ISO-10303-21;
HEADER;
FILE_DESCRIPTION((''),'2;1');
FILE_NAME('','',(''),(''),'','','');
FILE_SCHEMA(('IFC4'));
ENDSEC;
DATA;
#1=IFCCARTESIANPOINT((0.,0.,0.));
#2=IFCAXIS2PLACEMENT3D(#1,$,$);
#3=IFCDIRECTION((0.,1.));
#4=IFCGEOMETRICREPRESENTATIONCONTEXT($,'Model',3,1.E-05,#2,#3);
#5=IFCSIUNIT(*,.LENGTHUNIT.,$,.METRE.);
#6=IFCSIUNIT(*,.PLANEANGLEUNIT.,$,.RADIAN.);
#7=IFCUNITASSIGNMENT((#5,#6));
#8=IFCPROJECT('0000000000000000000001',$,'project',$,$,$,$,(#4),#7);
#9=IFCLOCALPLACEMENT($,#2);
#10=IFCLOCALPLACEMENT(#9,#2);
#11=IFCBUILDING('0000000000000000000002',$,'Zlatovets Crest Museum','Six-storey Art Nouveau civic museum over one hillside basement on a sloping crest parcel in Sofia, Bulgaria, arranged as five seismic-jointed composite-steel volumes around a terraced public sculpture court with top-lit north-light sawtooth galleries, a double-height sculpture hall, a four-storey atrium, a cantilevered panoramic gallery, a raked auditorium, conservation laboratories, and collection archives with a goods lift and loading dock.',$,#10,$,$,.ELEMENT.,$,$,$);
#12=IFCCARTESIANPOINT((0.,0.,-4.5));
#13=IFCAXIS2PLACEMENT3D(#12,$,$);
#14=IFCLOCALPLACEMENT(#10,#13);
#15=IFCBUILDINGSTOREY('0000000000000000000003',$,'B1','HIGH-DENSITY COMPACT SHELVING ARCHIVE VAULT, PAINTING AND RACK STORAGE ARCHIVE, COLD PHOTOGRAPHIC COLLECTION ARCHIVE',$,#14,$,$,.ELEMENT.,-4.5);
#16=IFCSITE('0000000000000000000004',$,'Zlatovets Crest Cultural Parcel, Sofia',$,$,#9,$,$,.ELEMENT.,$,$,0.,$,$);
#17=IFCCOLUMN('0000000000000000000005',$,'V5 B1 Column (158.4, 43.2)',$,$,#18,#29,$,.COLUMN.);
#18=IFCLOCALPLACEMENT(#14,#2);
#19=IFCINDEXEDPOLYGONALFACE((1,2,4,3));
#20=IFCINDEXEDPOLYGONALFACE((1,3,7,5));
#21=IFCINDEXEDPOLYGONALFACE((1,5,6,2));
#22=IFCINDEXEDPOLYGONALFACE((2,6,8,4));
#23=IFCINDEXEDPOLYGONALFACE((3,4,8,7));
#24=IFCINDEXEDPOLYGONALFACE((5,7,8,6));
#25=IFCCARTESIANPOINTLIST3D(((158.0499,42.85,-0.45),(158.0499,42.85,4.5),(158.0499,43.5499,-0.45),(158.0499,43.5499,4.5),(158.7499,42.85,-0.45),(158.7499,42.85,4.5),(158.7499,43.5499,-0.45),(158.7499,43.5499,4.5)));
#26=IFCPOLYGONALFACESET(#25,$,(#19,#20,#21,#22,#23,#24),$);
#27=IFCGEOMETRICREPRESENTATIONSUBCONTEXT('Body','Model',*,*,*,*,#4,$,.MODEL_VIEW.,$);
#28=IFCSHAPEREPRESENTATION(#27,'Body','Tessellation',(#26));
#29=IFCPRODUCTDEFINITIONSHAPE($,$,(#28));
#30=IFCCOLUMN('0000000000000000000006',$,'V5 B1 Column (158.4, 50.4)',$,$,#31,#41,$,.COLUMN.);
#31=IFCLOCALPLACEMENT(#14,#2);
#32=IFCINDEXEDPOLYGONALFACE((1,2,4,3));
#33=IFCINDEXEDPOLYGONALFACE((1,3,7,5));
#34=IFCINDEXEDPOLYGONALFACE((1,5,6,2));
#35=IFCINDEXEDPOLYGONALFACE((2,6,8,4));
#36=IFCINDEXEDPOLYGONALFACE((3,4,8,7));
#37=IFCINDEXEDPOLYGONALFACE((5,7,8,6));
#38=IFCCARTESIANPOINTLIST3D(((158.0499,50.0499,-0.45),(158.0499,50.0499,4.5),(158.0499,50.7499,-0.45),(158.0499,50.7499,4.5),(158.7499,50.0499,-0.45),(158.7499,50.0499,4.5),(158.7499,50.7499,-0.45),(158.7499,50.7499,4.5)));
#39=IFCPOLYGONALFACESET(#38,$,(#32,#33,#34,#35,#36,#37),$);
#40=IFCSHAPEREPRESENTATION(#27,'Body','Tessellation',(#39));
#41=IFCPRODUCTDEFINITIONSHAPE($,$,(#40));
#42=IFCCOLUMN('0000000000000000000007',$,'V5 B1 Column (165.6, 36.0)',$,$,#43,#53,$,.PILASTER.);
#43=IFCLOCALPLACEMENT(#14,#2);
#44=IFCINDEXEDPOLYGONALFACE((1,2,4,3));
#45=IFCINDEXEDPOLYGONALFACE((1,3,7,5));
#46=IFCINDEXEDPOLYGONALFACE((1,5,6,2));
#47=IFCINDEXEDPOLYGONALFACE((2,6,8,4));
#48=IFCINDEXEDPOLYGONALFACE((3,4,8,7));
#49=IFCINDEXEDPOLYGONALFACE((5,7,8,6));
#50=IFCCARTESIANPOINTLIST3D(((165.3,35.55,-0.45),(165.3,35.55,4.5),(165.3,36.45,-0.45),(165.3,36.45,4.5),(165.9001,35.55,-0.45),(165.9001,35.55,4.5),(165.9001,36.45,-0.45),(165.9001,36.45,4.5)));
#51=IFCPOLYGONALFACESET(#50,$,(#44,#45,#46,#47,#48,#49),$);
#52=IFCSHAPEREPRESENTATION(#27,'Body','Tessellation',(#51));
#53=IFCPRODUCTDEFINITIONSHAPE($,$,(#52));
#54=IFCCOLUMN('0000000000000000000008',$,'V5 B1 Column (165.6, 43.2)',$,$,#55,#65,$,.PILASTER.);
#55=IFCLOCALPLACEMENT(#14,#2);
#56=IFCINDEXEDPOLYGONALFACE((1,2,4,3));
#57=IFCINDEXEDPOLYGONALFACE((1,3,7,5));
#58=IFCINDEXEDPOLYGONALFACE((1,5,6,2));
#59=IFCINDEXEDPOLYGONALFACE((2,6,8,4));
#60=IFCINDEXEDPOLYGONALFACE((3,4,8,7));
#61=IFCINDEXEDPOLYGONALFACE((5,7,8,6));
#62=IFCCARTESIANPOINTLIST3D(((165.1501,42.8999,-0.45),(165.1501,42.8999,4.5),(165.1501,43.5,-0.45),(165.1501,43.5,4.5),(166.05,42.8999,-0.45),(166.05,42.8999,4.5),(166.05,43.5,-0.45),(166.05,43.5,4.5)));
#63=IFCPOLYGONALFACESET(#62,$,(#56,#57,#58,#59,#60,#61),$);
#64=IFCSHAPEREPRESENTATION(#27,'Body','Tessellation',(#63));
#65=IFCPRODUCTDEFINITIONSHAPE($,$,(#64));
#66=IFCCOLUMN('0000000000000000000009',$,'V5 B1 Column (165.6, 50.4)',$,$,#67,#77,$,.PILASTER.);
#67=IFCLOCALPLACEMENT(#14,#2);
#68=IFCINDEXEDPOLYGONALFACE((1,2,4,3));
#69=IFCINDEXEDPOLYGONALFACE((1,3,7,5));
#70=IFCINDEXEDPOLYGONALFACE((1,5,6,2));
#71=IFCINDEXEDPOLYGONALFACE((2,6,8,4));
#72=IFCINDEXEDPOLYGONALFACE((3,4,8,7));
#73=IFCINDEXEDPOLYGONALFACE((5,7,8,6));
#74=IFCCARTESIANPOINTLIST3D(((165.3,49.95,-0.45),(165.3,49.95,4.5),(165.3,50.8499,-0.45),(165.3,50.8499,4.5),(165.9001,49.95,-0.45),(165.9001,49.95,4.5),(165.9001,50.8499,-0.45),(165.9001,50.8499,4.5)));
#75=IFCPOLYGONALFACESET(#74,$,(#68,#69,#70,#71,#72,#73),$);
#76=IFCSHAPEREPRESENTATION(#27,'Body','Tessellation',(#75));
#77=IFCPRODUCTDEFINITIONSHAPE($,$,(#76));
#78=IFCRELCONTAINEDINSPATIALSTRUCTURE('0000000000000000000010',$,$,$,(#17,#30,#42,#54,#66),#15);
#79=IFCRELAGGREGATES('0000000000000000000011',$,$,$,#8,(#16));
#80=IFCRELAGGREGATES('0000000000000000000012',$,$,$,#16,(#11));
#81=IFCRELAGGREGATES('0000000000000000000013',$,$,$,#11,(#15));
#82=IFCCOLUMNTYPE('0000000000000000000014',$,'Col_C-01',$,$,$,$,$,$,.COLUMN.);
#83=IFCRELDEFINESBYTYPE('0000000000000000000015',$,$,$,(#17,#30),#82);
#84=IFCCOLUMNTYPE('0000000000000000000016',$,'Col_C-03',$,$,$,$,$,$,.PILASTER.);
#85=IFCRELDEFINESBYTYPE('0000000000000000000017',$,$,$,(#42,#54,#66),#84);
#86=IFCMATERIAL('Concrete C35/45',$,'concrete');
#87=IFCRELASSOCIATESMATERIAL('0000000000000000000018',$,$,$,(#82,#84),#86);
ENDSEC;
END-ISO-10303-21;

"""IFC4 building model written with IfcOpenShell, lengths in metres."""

from ifc_helpers import new_model, si_unit, direction, frame, origin, origin_2d, place, context, subcontext, project, spatial, rectangle, extrude, material, material_profile, profile_set, type_object, element, save


model = new_model("IFC4")

# Units and contexts
model_context = context("Model", 3, precision=1e-05, world=origin(), true_north=direction((0.0, 1.0)))
body_context = subcontext(model_context, "Body", "Model", "MODEL_VIEW")
ifc_project = project(units=[si_unit("LENGTHUNIT", "METRE"), si_unit("PLANEANGLEUNIT", "RADIAN")], contexts=[model_context])

# Site, building, storey
site_placement = place(None, origin())
site = spatial("IfcSite", under=ifc_project, at=site_placement, Name="Zlatovets Crest Cultural Parcel, Sofia", CompositionType="ELEMENT", RefElevation=0.0)
building_placement = place(site_placement, origin())
building = spatial("IfcBuilding", under=site, at=building_placement, Name="Zlatovets Crest Museum", Description="Six-storey Art Nouveau civic museum over one hillside basement on a sloping crest parcel in Sofia, Bulgaria, arranged as five seismic-jointed composite-steel volumes around a terraced public sculpture court with top-lit north-light sawtooth galleries, a double-height sculpture hall, a four-storey atrium, a cantilevered panoramic gallery, a raked auditorium, conservation laboratories, and collection archives with a goods lift and loading dock.", CompositionType="ELEMENT")
storey_placement = place(building_placement, frame((0.0, 0.0, -4.5)))
storey = spatial("IfcBuildingStorey", under=building, at=storey_placement, Name="B1", Description="HIGH-DENSITY COMPACT SHELVING ARCHIVE VAULT, PAINTING AND RACK STORAGE ARCHIVE, COLD PHOTOGRAPHIC COLLECTION ARCHIVE", CompositionType="ELEMENT", Elevation=-4.5)

# Shared definitions
ifc_material = material(Name="Concrete C35/45", Category="concrete")

# Columns
ifc_material_profile_1 = material_profile(ifc_material, rectangle(XDim=0.7, YDim=0.7, at=origin_2d()), Name="RC 700x700")
ifc_profile_set_1 = profile_set([ifc_material_profile_1], Name="Concrete C35/45")
column_type_1 = type_object("IfcColumnType", Name="Col_C-01", PredefinedType="COLUMN", material=ifc_profile_set_1)
for number, where, z_axis, x_axis, name in (
    (1, (158.3999, 43.2, -0.45), (0.0, 0.0, 1.0), (1.0, 0.0, 0.0), "V5 B1 Column (158.4, 43.2)"),
    (2, (158.3999, 50.3999, -0.45), (0.0, 0.0, 1.0), (0.0, 1.0, 0.0), "V5 B1 Column (158.4, 50.4)"),
):
    element("IfcColumn", number, at=place(storey_placement, frame(where, z_axis=z_axis, x_axis=x_axis)), inside=storey, type_object=column_type_1, Name=name, PredefinedType="COLUMN", context=body_context, shape_type="SweptSolid", body=[
        extrude(rectangle(XDim=0.7, YDim=0.7, at=origin_2d()), origin(), (0.0, 0.0, 1.0), 4.95),
    ])
ifc_material_profile_2 = material_profile(ifc_material, rectangle(XDim=0.6001, YDim=0.8999, at=origin_2d()), Name="RC 600x900")
ifc_profile_set_2 = profile_set([ifc_material_profile_2], Name="Concrete C35/45")
column_type_2 = type_object("IfcColumnType", Name="Col_C-03", PredefinedType="PILASTER", material=ifc_profile_set_2)
for number, where, z_axis, x_axis, name in (
    (3, (165.6001, 36.0, -0.45), (0.0, 0.0, 1.0), (1.0, 0.0, 0.0), "V5 B1 Column (165.6, 36.0)"),
    (4, (165.6001, 43.2, -0.45), (0.0, 0.0, 1.0), (0.0, 1.0, 0.0), "V5 B1 Column (165.6, 43.2)"),
    (5, (165.6001, 50.3999, -0.45), (0.0, 0.0, 1.0), (1.0, 0.0, 0.0), "V5 B1 Column (165.6, 50.4)"),
):
    element("IfcColumn", number, at=place(storey_placement, frame(where, z_axis=z_axis, x_axis=x_axis)), inside=storey, type_object=column_type_2, Name=name, PredefinedType="PILASTER", context=body_context, shape_type="SweptSolid", body=[
        extrude(rectangle(XDim=0.6001, YDim=0.8999, at=origin_2d()), origin(), (0.0, 0.0, 1.0), 4.95),
    ])

save(model, "model.ifc")
